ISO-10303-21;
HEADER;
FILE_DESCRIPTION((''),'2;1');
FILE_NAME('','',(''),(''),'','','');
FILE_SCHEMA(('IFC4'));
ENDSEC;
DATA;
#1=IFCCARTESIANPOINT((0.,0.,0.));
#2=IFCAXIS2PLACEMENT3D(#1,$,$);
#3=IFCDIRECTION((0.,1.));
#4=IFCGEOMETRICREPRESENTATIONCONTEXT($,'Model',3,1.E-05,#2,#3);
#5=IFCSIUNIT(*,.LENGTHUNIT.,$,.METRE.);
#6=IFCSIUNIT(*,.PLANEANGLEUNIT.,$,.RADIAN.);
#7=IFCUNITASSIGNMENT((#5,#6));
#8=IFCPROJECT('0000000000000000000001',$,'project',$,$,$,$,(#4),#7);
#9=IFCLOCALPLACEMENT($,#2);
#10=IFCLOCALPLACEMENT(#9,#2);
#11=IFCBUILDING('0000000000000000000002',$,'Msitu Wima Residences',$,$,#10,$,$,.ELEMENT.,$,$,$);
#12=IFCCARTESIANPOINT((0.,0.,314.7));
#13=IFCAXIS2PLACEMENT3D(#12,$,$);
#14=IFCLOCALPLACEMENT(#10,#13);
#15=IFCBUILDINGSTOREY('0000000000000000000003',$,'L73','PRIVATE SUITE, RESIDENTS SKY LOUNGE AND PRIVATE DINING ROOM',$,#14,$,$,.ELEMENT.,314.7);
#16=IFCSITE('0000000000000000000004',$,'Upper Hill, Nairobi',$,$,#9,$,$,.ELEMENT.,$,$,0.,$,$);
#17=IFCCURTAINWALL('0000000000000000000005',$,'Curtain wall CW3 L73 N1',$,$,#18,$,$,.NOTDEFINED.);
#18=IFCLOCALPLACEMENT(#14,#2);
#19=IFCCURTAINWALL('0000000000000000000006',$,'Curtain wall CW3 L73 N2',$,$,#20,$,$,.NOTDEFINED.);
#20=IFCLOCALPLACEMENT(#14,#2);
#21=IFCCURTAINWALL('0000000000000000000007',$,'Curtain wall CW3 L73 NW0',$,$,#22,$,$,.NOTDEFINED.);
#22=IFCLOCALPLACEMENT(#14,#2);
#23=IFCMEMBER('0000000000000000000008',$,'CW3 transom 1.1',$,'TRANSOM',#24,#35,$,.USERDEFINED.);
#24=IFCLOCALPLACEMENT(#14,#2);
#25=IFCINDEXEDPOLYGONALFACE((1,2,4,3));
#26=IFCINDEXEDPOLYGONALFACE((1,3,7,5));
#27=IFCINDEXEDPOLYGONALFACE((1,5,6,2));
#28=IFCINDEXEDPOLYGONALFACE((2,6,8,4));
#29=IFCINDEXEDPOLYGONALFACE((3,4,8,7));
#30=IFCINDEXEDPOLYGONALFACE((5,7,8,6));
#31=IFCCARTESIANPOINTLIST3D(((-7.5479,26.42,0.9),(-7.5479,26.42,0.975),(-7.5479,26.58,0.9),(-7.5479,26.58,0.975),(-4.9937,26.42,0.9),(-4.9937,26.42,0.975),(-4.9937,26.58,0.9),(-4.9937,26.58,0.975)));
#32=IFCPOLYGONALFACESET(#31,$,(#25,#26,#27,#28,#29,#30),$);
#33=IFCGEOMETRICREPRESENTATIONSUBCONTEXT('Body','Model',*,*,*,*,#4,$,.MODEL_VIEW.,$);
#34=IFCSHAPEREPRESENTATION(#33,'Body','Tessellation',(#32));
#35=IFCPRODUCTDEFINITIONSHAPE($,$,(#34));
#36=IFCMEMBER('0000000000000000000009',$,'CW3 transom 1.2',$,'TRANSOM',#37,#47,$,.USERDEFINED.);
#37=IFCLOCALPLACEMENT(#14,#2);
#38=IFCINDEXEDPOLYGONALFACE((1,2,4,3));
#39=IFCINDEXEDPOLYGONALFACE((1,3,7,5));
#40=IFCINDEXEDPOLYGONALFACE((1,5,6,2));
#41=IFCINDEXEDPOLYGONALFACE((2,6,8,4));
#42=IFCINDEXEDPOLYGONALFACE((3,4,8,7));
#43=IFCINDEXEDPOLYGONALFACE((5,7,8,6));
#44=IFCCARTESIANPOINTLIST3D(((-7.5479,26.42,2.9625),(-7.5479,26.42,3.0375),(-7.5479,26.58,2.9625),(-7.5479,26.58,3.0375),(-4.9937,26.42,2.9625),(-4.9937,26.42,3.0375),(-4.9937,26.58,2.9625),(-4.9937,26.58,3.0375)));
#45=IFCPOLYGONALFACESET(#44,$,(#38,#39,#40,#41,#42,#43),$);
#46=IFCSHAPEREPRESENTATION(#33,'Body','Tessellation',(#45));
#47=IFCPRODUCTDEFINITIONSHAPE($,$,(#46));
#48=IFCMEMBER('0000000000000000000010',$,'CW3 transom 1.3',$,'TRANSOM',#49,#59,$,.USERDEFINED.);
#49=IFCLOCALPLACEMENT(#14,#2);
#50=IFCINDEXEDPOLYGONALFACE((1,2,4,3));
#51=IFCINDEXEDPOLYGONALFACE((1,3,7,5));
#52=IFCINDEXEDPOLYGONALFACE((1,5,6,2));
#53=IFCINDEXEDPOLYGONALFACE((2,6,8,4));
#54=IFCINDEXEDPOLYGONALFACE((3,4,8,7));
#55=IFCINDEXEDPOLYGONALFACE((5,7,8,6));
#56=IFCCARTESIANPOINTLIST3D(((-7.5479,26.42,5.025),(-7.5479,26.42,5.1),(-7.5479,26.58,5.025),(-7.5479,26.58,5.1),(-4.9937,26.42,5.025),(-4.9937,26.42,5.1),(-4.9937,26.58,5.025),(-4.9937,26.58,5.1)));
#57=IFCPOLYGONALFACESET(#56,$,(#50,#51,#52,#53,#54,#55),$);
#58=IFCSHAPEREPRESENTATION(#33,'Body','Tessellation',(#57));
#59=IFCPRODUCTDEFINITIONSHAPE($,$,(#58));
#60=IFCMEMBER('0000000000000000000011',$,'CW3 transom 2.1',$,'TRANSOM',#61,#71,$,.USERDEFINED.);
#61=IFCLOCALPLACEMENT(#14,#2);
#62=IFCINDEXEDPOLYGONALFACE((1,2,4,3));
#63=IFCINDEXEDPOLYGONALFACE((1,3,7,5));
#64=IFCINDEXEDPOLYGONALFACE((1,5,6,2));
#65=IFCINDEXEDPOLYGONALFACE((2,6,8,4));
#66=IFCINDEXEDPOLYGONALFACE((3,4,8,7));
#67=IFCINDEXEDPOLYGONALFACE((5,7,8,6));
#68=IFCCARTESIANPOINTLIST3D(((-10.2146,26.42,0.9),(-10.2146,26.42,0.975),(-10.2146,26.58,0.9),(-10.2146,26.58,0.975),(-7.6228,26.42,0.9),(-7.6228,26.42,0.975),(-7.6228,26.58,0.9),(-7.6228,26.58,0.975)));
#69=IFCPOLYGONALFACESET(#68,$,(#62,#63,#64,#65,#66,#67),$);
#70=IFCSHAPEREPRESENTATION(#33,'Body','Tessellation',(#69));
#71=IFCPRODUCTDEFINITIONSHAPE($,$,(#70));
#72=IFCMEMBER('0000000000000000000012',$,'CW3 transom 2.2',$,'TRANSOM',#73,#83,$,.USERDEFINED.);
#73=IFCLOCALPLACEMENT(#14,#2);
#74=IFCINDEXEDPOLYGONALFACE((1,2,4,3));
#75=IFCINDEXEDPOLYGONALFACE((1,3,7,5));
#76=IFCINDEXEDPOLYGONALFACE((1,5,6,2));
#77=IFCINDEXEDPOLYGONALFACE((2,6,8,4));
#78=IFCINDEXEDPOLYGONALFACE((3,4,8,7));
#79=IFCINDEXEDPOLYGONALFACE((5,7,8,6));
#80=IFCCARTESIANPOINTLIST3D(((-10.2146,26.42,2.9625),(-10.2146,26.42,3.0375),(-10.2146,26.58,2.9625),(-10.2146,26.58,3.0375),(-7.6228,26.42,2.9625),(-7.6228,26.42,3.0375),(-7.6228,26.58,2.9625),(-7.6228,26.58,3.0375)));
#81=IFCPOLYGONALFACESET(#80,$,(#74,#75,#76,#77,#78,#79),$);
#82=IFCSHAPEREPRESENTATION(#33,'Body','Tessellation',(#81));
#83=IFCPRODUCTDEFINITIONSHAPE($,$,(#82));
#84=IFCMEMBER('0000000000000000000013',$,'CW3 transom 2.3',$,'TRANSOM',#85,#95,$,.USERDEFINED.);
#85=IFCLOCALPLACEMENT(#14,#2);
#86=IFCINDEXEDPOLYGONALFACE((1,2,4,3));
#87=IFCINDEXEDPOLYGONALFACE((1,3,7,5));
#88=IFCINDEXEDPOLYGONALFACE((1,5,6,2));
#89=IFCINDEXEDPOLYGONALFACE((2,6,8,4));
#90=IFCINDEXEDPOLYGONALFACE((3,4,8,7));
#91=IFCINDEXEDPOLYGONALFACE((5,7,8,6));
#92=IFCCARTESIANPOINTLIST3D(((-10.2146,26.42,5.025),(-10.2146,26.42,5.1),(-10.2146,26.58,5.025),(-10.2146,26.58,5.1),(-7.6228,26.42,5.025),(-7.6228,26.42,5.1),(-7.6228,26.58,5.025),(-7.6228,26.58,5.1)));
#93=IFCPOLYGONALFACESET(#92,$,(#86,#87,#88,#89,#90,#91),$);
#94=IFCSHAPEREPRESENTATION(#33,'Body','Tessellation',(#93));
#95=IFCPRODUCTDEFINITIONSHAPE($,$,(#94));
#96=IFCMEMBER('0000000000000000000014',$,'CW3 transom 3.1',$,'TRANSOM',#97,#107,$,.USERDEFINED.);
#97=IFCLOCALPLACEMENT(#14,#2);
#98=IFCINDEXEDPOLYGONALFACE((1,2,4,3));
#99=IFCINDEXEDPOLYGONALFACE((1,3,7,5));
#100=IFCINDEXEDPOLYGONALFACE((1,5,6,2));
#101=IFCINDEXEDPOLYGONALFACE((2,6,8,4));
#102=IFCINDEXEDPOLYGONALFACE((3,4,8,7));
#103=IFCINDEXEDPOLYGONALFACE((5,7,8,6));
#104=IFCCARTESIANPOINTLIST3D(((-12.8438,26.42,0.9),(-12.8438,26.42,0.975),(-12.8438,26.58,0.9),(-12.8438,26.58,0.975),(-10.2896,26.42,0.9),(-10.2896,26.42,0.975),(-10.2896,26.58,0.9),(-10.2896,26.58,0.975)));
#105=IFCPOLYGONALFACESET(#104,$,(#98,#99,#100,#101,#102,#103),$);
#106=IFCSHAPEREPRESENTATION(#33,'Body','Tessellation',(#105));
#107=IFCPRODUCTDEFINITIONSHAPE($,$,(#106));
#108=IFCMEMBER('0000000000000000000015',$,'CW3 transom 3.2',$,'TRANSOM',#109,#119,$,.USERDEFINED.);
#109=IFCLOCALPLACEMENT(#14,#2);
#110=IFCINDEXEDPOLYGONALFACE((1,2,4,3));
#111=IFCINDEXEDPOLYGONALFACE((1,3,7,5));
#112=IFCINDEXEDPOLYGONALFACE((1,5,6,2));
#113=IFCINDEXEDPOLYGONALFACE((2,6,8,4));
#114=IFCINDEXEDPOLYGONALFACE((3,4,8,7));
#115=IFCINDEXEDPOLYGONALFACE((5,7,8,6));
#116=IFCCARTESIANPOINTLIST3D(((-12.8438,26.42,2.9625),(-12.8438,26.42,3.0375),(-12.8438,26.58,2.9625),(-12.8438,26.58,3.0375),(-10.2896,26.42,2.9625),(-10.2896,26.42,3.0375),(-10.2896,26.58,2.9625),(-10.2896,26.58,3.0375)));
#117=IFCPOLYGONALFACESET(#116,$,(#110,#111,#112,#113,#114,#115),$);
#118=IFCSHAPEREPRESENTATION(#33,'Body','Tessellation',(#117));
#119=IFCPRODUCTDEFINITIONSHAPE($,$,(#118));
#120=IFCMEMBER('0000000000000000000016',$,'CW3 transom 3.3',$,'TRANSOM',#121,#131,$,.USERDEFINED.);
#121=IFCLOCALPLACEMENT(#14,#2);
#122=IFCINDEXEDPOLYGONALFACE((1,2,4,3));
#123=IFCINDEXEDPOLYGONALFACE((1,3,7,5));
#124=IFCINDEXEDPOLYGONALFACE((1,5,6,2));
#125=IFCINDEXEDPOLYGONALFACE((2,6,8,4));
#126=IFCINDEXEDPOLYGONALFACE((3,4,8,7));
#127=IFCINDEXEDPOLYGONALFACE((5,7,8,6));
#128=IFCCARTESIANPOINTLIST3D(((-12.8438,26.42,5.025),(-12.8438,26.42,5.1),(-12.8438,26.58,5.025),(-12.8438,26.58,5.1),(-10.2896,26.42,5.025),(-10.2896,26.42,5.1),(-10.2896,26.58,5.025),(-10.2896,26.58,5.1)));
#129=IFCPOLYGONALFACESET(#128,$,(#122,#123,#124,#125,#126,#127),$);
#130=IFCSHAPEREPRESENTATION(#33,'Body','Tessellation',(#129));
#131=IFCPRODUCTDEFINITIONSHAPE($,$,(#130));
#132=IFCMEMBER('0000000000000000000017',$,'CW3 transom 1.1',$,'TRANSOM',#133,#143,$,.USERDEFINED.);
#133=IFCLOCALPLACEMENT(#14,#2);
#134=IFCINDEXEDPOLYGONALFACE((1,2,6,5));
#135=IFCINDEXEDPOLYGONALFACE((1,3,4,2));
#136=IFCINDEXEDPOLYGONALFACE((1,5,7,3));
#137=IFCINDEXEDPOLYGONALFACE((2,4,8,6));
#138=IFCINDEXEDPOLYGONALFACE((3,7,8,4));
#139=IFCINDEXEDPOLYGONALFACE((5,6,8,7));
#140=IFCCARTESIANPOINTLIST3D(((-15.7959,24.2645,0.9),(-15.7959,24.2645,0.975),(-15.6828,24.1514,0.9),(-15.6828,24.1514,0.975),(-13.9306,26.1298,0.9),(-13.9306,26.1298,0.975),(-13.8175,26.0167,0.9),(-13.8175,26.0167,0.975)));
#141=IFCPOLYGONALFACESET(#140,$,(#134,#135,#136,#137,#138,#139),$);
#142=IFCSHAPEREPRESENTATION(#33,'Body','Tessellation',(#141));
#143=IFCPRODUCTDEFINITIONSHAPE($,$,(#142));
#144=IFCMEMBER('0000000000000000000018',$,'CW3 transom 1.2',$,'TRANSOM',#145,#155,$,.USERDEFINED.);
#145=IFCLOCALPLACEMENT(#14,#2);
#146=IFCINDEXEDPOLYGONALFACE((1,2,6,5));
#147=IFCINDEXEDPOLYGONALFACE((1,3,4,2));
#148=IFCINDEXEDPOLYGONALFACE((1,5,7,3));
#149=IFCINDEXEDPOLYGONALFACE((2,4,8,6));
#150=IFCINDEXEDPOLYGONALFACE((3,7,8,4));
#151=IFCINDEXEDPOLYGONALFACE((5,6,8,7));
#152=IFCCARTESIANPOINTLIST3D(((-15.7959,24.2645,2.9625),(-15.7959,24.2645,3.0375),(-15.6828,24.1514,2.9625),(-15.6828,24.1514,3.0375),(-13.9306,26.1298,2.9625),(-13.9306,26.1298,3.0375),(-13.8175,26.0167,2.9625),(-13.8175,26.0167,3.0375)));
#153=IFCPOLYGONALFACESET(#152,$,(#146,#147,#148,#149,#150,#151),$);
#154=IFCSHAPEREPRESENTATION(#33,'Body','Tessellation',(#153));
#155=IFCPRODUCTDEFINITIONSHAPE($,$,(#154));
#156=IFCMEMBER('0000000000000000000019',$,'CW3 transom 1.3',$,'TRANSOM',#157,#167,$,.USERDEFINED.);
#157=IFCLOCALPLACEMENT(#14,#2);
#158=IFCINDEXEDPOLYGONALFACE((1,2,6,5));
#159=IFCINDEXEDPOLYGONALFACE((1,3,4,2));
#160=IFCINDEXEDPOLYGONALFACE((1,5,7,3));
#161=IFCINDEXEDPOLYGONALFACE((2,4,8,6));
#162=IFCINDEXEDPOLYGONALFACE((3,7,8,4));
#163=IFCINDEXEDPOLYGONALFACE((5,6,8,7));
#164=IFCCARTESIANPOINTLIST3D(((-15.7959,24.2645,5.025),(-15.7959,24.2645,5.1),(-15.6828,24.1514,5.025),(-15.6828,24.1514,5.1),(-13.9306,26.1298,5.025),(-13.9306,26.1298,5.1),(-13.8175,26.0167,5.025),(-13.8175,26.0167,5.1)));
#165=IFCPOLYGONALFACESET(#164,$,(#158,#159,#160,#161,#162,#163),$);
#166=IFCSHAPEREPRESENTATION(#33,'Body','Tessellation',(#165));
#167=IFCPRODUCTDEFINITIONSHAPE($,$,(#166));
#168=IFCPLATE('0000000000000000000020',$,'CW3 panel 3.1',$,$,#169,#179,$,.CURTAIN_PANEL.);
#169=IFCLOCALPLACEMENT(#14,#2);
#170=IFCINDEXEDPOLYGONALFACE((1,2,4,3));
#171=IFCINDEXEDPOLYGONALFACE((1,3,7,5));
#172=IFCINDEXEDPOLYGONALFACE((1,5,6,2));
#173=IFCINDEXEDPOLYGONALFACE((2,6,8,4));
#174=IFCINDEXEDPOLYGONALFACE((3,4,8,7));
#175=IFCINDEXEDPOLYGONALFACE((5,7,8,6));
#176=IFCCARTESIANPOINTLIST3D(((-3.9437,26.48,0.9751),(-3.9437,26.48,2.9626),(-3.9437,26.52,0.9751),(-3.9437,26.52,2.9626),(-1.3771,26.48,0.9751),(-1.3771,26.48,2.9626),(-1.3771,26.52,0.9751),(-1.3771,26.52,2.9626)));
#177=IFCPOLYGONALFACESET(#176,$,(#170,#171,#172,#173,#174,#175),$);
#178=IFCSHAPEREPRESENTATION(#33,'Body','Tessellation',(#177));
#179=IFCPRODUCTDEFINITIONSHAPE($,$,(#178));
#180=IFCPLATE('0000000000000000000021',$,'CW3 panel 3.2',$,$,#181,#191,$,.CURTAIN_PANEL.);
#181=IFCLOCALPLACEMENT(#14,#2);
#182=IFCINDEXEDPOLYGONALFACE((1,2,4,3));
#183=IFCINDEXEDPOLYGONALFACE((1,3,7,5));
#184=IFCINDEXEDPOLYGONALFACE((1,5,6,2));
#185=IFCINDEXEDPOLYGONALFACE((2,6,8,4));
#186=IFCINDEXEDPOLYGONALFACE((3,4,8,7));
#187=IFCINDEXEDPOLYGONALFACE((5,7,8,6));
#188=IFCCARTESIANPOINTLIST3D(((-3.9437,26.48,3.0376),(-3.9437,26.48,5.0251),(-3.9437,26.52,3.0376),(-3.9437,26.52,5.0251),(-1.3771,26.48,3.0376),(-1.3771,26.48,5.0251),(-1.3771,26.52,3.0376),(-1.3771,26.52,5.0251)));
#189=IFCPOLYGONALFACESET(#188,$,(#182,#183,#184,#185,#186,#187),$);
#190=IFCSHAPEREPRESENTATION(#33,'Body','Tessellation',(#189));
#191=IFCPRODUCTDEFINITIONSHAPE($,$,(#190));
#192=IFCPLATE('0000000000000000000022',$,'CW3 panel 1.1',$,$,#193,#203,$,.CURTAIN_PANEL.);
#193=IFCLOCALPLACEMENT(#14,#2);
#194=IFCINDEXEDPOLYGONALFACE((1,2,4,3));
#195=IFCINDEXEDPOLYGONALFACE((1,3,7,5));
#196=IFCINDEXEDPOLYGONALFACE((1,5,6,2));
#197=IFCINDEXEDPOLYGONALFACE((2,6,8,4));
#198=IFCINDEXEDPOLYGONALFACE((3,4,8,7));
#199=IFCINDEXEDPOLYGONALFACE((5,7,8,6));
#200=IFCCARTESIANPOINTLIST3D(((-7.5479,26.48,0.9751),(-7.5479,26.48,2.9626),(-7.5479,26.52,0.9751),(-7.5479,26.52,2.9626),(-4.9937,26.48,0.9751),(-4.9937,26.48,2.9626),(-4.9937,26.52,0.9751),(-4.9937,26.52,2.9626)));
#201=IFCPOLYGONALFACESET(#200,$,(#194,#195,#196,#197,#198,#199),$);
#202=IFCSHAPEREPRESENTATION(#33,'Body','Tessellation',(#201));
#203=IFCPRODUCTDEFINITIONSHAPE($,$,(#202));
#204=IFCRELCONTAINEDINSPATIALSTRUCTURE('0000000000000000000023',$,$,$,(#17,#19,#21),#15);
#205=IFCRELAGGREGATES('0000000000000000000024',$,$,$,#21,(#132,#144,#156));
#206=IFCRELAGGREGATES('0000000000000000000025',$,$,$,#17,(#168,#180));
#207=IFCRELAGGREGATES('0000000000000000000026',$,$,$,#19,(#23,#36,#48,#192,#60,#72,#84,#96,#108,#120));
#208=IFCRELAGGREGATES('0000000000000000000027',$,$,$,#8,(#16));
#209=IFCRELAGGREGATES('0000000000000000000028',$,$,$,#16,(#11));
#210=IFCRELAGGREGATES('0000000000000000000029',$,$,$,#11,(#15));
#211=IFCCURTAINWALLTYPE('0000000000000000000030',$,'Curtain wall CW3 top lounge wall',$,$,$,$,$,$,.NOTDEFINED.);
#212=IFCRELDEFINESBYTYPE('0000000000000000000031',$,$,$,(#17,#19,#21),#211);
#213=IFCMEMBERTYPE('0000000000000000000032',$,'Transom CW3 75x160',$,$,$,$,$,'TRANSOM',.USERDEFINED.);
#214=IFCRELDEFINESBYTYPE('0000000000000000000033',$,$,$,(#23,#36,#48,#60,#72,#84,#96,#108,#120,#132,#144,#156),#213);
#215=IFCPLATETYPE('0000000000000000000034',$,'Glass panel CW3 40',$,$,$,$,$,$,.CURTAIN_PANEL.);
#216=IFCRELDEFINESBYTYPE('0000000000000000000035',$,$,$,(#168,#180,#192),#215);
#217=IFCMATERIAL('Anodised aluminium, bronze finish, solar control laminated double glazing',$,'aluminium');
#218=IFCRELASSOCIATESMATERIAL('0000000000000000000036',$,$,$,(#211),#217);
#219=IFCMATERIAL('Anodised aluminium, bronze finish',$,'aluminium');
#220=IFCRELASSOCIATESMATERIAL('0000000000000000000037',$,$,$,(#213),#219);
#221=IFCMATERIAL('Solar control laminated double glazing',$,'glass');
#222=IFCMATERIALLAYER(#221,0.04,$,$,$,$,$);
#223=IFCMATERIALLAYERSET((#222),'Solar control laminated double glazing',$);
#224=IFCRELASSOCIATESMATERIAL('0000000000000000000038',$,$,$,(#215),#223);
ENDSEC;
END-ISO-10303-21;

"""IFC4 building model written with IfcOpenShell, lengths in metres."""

from ifc_helpers import new_model, si_unit, direction, frame, origin, origin_2d, place, context, subcontext, project, spatial, rectangle, extrude, material, layer, layer_set, material_profile, profile_set, type_object, element, aggregate, save


model = new_model("IFC4")

# Units and contexts
model_context = context("Model", 3, precision=1e-05, world=origin(), true_north=direction((0.0, 1.0)))
body_context = subcontext(model_context, "Body", "Model", "MODEL_VIEW")
ifc_project = project(units=[si_unit("LENGTHUNIT", "METRE"), si_unit("PLANEANGLEUNIT", "RADIAN")], contexts=[model_context])

# Site, building, storey
site_placement = place(None, origin())
site = spatial("IfcSite", under=ifc_project, at=site_placement, Name="Upper Hill, Nairobi", CompositionType="ELEMENT", RefElevation=0.0)
building_placement = place(site_placement, origin())
building = spatial("IfcBuilding", under=site, at=building_placement, Name="Msitu Wima Residences", CompositionType="ELEMENT")
storey_placement = place(building_placement, frame((0.0, 0.0, 314.7)))
storey = spatial("IfcBuildingStorey", under=building, at=storey_placement, Name="L73", Description="PRIVATE SUITE, RESIDENTS SKY LOUNGE AND PRIVATE DINING ROOM", CompositionType="ELEMENT", Elevation=314.7)

# Curtain walls
ifc_material_1 = material(Name="Anodised aluminium, bronze finish, solar control laminated double glazing", Category="aluminium")
curtain_wall_type = type_object("IfcCurtainWallType", Name="Curtain wall CW3 top lounge wall", PredefinedType="NOTDEFINED", material=ifc_material_1)
curtain_wall_1_placement = place(storey_placement, origin())
curtain_wall_1 = element("IfcCurtainWall", 1, at=curtain_wall_1_placement, inside=storey, type_object=curtain_wall_type, Name="Curtain wall CW3 L73 N1", PredefinedType="NOTDEFINED")
ifc_material_2 = material(Name="Anodised aluminium, bronze finish", Category="aluminium")
curtain_wall_2_placement = place(storey_placement, origin())
curtain_wall_2 = element("IfcCurtainWall", 2, at=curtain_wall_2_placement, inside=storey, type_object=curtain_wall_type, Name="Curtain wall CW3 L73 N2", PredefinedType="NOTDEFINED")

# Curtain wall
curtain_wall_3_placement = place(storey_placement, origin())
curtain_wall_3 = element("IfcCurtainWall", 3, at=curtain_wall_3_placement, inside=storey, type_object=curtain_wall_type, Name="Curtain wall CW3 L73 NW0", PredefinedType="NOTDEFINED")

# Members
ifc_material_profile_1 = material_profile(ifc_material_2, rectangle(XDim=0.1599, YDim=0.075, at=origin_2d()), Name="Transom 75x160")
ifc_profile_set_1 = profile_set([ifc_material_profile_1], Name="Anodised aluminium, bronze finish")
member_type_1 = type_object("IfcMemberType", Name="Transom CW3 75x160", ElementType="TRANSOM", PredefinedType="USERDEFINED", material=ifc_profile_set_1)
member_1_placement = place(storey_placement, frame((-4.9937, 26.5, 0.9375), z_axis=(-1.0, 0.0, 0.0), x_axis=(0.0, -1.0, 0.0)))
member_1 = element("IfcMember", 4, at=member_1_placement, type_object=member_type_1, Name="CW3 transom 1.1", ObjectType="TRANSOM", PredefinedType="USERDEFINED", context=body_context, shape_type="SweptSolid", body=[
    extrude(rectangle(XDim=0.1599, YDim=0.075, at=origin_2d()), origin(), (0.0, 0.0, 1.0), 2.5542),
])
member_2_placement = place(storey_placement, frame((-4.9937, 26.5, 3.0), z_axis=(-1.0, 0.0, 0.0), x_axis=(0.0, -1.0, 0.0)))
member_2 = element("IfcMember", 5, at=member_2_placement, type_object=member_type_1, Name="CW3 transom 1.2", ObjectType="TRANSOM", PredefinedType="USERDEFINED", context=body_context, shape_type="SweptSolid", body=[
    extrude(rectangle(XDim=0.1599, YDim=0.075, at=origin_2d()), origin(), (0.0, 0.0, 1.0), 2.5542),
])
member_3_placement = place(storey_placement, frame((-4.9937, 26.5, 5.0625), z_axis=(-1.0, 0.0, 0.0), x_axis=(0.0, -1.0, 0.0)))
member_3 = element("IfcMember", 6, at=member_3_placement, type_object=member_type_1, Name="CW3 transom 1.3", ObjectType="TRANSOM", PredefinedType="USERDEFINED", context=body_context, shape_type="SweptSolid", body=[
    extrude(rectangle(XDim=0.1599, YDim=0.075, at=origin_2d()), origin(), (0.0, 0.0, 1.0), 2.5542),
])
member_4_placement = place(storey_placement, frame((-7.6228, 26.5, 0.9375), z_axis=(-1.0, 0.0, 0.0), x_axis=(0.0, -1.0, 0.0)))
member_4 = element("IfcMember", 7, at=member_4_placement, type_object=member_type_1, Name="CW3 transom 2.1", ObjectType="TRANSOM", PredefinedType="USERDEFINED", context=body_context, shape_type="SweptSolid", body=[
    extrude(rectangle(XDim=0.1599, YDim=0.075, at=origin_2d()), origin(), (0.0, 0.0, 1.0), 2.5918),
])
member_5_placement = place(storey_placement, frame((-7.6228, 26.5, 3.0), z_axis=(-1.0, 0.0, 0.0), x_axis=(0.0, -1.0, 0.0)))
member_5 = element("IfcMember", 8, at=member_5_placement, type_object=member_type_1, Name="CW3 transom 2.2", ObjectType="TRANSOM", PredefinedType="USERDEFINED", context=body_context, shape_type="SweptSolid", body=[
    extrude(rectangle(XDim=0.1599, YDim=0.075, at=origin_2d()), origin(), (0.0, 0.0, 1.0), 2.5918),
])
member_6_placement = place(storey_placement, frame((-7.6228, 26.5, 5.0625), z_axis=(-1.0, 0.0, 0.0), x_axis=(0.0, -1.0, 0.0)))
member_6 = element("IfcMember", 9, at=member_6_placement, type_object=member_type_1, Name="CW3 transom 2.3", ObjectType="TRANSOM", PredefinedType="USERDEFINED", context=body_context, shape_type="SweptSolid", body=[
    extrude(rectangle(XDim=0.1599, YDim=0.075, at=origin_2d()), origin(), (0.0, 0.0, 1.0), 2.5918),
])
member_7_placement = place(storey_placement, frame((-10.2896, 26.5, 0.9375), z_axis=(-1.0, 0.0, 0.0), x_axis=(0.0, -1.0, 0.0)))
member_7 = element("IfcMember", 10, at=member_7_placement, type_object=member_type_1, Name="CW3 transom 3.1", ObjectType="TRANSOM", PredefinedType="USERDEFINED", context=body_context, shape_type="SweptSolid", body=[
    extrude(rectangle(XDim=0.1599, YDim=0.075, at=origin_2d()), origin(), (0.0, 0.0, 1.0), 2.5542),
])
member_8_placement = place(storey_placement, frame((-10.2896, 26.5, 3.0), z_axis=(-1.0, 0.0, 0.0), x_axis=(0.0, -1.0, 0.0)))
member_8 = element("IfcMember", 11, at=member_8_placement, type_object=member_type_1, Name="CW3 transom 3.2", ObjectType="TRANSOM", PredefinedType="USERDEFINED", context=body_context, shape_type="SweptSolid", body=[
    extrude(rectangle(XDim=0.1599, YDim=0.075, at=origin_2d()), origin(), (0.0, 0.0, 1.0), 2.5542),
])
member_9_placement = place(storey_placement, frame((-10.2896, 26.5, 5.0625), z_axis=(-1.0, 0.0, 0.0), x_axis=(0.0, -1.0, 0.0)))
member_9 = element("IfcMember", 12, at=member_9_placement, type_object=member_type_1, Name="CW3 transom 3.3", ObjectType="TRANSOM", PredefinedType="USERDEFINED", context=body_context, shape_type="SweptSolid", body=[
    extrude(rectangle(XDim=0.1599, YDim=0.075, at=origin_2d()), origin(), (0.0, 0.0, 1.0), 2.5542),
])
member_10_placement = place(storey_placement, frame((-13.874, 26.0732, 0.9375), z_axis=(-0.707107, -0.707107, 0.0), x_axis=(0.707107, -0.707107, 0.0)))
member_10 = element("IfcMember", 13, at=member_10_placement, type_object=member_type_1, Name="CW3 transom 1.1", ObjectType="TRANSOM", PredefinedType="USERDEFINED", context=body_context, shape_type="SweptSolid", body=[
    extrude(rectangle(XDim=0.1599, YDim=0.075, at=origin_2d()), origin(), (0.0, 0.0, 1.0), 2.6379),
])
member_11_placement = place(storey_placement, frame((-13.874, 26.0732, 3.0), z_axis=(-0.707107, -0.707107, 0.0), x_axis=(0.707107, -0.707107, 0.0)))
member_11 = element("IfcMember", 14, at=member_11_placement, type_object=member_type_1, Name="CW3 transom 1.2", ObjectType="TRANSOM", PredefinedType="USERDEFINED", context=body_context, shape_type="SweptSolid", body=[
    extrude(rectangle(XDim=0.1599, YDim=0.075, at=origin_2d()), origin(), (0.0, 0.0, 1.0), 2.6379),
])
member_12_placement = place(storey_placement, frame((-13.874, 26.0732, 5.0625), z_axis=(-0.707107, -0.707107, 0.0), x_axis=(0.707107, -0.707107, 0.0)))
member_12 = element("IfcMember", 15, at=member_12_placement, type_object=member_type_1, Name="CW3 transom 1.3", ObjectType="TRANSOM", PredefinedType="USERDEFINED", context=body_context, shape_type="SweptSolid", body=[
    extrude(rectangle(XDim=0.1599, YDim=0.075, at=origin_2d()), origin(), (0.0, 0.0, 1.0), 2.6379),
])
aggregate(curtain_wall_3, [member_10, member_11, member_12])

# Plates
ifc_material_3 = material(Name="Solar control laminated double glazing", Category="glass")
ifc_layer = layer(ifc_material_3, 0.04)
ifc_layer_set = layer_set([ifc_layer], Name="Solar control laminated double glazing")
plate_type = type_object("IfcPlateType", Name="Glass panel CW3 40", PredefinedType="CURTAIN_PANEL", material=ifc_layer_set)
plate_1_placement = place(storey_placement, frame((-2.6604, 26.5, 0.9751), z_axis=(0.0, 0.0, 1.0), x_axis=(-1.0, 0.0, 0.0)))
plate_1 = element("IfcPlate", 16, at=plate_1_placement, type_object=plate_type, Name="CW3 panel 3.1", PredefinedType="CURTAIN_PANEL", context=body_context, shape_type="SweptSolid", body=[
    extrude(rectangle(XDim=2.5667, YDim=0.04, at=origin_2d()), origin(), (0.0, 0.0, 1.0), 1.9875),
])
plate_2_placement = place(storey_placement, frame((-2.6604, 26.5, 3.0376), z_axis=(0.0, 0.0, 1.0), x_axis=(-1.0, 0.0, 0.0)))
plate_2 = element("IfcPlate", 17, at=plate_2_placement, type_object=plate_type, Name="CW3 panel 3.2", PredefinedType="CURTAIN_PANEL", context=body_context, shape_type="SweptSolid", body=[
    extrude(rectangle(XDim=2.5667, YDim=0.04, at=origin_2d()), origin(), (0.0, 0.0, 1.0), 1.9875),
])
aggregate(curtain_wall_1, [plate_1, plate_2])
plate_3_placement = place(storey_placement, frame((-6.2708, 26.5, 0.9751), z_axis=(0.0, 0.0, 1.0), x_axis=(-1.0, 0.0, 0.0)))
plate_3 = element("IfcPlate", 18, at=plate_3_placement, type_object=plate_type, Name="CW3 panel 1.1", PredefinedType="CURTAIN_PANEL", context=body_context, shape_type="SweptSolid", body=[
    extrude(rectangle(XDim=2.5542, YDim=0.04, at=origin_2d()), origin(), (0.0, 0.0, 1.0), 1.9875),
])
aggregate(curtain_wall_2, [member_1, member_2, member_3, plate_3, member_4, member_5, member_6, member_7, member_8, member_9])

save(model, "model.ifc")
